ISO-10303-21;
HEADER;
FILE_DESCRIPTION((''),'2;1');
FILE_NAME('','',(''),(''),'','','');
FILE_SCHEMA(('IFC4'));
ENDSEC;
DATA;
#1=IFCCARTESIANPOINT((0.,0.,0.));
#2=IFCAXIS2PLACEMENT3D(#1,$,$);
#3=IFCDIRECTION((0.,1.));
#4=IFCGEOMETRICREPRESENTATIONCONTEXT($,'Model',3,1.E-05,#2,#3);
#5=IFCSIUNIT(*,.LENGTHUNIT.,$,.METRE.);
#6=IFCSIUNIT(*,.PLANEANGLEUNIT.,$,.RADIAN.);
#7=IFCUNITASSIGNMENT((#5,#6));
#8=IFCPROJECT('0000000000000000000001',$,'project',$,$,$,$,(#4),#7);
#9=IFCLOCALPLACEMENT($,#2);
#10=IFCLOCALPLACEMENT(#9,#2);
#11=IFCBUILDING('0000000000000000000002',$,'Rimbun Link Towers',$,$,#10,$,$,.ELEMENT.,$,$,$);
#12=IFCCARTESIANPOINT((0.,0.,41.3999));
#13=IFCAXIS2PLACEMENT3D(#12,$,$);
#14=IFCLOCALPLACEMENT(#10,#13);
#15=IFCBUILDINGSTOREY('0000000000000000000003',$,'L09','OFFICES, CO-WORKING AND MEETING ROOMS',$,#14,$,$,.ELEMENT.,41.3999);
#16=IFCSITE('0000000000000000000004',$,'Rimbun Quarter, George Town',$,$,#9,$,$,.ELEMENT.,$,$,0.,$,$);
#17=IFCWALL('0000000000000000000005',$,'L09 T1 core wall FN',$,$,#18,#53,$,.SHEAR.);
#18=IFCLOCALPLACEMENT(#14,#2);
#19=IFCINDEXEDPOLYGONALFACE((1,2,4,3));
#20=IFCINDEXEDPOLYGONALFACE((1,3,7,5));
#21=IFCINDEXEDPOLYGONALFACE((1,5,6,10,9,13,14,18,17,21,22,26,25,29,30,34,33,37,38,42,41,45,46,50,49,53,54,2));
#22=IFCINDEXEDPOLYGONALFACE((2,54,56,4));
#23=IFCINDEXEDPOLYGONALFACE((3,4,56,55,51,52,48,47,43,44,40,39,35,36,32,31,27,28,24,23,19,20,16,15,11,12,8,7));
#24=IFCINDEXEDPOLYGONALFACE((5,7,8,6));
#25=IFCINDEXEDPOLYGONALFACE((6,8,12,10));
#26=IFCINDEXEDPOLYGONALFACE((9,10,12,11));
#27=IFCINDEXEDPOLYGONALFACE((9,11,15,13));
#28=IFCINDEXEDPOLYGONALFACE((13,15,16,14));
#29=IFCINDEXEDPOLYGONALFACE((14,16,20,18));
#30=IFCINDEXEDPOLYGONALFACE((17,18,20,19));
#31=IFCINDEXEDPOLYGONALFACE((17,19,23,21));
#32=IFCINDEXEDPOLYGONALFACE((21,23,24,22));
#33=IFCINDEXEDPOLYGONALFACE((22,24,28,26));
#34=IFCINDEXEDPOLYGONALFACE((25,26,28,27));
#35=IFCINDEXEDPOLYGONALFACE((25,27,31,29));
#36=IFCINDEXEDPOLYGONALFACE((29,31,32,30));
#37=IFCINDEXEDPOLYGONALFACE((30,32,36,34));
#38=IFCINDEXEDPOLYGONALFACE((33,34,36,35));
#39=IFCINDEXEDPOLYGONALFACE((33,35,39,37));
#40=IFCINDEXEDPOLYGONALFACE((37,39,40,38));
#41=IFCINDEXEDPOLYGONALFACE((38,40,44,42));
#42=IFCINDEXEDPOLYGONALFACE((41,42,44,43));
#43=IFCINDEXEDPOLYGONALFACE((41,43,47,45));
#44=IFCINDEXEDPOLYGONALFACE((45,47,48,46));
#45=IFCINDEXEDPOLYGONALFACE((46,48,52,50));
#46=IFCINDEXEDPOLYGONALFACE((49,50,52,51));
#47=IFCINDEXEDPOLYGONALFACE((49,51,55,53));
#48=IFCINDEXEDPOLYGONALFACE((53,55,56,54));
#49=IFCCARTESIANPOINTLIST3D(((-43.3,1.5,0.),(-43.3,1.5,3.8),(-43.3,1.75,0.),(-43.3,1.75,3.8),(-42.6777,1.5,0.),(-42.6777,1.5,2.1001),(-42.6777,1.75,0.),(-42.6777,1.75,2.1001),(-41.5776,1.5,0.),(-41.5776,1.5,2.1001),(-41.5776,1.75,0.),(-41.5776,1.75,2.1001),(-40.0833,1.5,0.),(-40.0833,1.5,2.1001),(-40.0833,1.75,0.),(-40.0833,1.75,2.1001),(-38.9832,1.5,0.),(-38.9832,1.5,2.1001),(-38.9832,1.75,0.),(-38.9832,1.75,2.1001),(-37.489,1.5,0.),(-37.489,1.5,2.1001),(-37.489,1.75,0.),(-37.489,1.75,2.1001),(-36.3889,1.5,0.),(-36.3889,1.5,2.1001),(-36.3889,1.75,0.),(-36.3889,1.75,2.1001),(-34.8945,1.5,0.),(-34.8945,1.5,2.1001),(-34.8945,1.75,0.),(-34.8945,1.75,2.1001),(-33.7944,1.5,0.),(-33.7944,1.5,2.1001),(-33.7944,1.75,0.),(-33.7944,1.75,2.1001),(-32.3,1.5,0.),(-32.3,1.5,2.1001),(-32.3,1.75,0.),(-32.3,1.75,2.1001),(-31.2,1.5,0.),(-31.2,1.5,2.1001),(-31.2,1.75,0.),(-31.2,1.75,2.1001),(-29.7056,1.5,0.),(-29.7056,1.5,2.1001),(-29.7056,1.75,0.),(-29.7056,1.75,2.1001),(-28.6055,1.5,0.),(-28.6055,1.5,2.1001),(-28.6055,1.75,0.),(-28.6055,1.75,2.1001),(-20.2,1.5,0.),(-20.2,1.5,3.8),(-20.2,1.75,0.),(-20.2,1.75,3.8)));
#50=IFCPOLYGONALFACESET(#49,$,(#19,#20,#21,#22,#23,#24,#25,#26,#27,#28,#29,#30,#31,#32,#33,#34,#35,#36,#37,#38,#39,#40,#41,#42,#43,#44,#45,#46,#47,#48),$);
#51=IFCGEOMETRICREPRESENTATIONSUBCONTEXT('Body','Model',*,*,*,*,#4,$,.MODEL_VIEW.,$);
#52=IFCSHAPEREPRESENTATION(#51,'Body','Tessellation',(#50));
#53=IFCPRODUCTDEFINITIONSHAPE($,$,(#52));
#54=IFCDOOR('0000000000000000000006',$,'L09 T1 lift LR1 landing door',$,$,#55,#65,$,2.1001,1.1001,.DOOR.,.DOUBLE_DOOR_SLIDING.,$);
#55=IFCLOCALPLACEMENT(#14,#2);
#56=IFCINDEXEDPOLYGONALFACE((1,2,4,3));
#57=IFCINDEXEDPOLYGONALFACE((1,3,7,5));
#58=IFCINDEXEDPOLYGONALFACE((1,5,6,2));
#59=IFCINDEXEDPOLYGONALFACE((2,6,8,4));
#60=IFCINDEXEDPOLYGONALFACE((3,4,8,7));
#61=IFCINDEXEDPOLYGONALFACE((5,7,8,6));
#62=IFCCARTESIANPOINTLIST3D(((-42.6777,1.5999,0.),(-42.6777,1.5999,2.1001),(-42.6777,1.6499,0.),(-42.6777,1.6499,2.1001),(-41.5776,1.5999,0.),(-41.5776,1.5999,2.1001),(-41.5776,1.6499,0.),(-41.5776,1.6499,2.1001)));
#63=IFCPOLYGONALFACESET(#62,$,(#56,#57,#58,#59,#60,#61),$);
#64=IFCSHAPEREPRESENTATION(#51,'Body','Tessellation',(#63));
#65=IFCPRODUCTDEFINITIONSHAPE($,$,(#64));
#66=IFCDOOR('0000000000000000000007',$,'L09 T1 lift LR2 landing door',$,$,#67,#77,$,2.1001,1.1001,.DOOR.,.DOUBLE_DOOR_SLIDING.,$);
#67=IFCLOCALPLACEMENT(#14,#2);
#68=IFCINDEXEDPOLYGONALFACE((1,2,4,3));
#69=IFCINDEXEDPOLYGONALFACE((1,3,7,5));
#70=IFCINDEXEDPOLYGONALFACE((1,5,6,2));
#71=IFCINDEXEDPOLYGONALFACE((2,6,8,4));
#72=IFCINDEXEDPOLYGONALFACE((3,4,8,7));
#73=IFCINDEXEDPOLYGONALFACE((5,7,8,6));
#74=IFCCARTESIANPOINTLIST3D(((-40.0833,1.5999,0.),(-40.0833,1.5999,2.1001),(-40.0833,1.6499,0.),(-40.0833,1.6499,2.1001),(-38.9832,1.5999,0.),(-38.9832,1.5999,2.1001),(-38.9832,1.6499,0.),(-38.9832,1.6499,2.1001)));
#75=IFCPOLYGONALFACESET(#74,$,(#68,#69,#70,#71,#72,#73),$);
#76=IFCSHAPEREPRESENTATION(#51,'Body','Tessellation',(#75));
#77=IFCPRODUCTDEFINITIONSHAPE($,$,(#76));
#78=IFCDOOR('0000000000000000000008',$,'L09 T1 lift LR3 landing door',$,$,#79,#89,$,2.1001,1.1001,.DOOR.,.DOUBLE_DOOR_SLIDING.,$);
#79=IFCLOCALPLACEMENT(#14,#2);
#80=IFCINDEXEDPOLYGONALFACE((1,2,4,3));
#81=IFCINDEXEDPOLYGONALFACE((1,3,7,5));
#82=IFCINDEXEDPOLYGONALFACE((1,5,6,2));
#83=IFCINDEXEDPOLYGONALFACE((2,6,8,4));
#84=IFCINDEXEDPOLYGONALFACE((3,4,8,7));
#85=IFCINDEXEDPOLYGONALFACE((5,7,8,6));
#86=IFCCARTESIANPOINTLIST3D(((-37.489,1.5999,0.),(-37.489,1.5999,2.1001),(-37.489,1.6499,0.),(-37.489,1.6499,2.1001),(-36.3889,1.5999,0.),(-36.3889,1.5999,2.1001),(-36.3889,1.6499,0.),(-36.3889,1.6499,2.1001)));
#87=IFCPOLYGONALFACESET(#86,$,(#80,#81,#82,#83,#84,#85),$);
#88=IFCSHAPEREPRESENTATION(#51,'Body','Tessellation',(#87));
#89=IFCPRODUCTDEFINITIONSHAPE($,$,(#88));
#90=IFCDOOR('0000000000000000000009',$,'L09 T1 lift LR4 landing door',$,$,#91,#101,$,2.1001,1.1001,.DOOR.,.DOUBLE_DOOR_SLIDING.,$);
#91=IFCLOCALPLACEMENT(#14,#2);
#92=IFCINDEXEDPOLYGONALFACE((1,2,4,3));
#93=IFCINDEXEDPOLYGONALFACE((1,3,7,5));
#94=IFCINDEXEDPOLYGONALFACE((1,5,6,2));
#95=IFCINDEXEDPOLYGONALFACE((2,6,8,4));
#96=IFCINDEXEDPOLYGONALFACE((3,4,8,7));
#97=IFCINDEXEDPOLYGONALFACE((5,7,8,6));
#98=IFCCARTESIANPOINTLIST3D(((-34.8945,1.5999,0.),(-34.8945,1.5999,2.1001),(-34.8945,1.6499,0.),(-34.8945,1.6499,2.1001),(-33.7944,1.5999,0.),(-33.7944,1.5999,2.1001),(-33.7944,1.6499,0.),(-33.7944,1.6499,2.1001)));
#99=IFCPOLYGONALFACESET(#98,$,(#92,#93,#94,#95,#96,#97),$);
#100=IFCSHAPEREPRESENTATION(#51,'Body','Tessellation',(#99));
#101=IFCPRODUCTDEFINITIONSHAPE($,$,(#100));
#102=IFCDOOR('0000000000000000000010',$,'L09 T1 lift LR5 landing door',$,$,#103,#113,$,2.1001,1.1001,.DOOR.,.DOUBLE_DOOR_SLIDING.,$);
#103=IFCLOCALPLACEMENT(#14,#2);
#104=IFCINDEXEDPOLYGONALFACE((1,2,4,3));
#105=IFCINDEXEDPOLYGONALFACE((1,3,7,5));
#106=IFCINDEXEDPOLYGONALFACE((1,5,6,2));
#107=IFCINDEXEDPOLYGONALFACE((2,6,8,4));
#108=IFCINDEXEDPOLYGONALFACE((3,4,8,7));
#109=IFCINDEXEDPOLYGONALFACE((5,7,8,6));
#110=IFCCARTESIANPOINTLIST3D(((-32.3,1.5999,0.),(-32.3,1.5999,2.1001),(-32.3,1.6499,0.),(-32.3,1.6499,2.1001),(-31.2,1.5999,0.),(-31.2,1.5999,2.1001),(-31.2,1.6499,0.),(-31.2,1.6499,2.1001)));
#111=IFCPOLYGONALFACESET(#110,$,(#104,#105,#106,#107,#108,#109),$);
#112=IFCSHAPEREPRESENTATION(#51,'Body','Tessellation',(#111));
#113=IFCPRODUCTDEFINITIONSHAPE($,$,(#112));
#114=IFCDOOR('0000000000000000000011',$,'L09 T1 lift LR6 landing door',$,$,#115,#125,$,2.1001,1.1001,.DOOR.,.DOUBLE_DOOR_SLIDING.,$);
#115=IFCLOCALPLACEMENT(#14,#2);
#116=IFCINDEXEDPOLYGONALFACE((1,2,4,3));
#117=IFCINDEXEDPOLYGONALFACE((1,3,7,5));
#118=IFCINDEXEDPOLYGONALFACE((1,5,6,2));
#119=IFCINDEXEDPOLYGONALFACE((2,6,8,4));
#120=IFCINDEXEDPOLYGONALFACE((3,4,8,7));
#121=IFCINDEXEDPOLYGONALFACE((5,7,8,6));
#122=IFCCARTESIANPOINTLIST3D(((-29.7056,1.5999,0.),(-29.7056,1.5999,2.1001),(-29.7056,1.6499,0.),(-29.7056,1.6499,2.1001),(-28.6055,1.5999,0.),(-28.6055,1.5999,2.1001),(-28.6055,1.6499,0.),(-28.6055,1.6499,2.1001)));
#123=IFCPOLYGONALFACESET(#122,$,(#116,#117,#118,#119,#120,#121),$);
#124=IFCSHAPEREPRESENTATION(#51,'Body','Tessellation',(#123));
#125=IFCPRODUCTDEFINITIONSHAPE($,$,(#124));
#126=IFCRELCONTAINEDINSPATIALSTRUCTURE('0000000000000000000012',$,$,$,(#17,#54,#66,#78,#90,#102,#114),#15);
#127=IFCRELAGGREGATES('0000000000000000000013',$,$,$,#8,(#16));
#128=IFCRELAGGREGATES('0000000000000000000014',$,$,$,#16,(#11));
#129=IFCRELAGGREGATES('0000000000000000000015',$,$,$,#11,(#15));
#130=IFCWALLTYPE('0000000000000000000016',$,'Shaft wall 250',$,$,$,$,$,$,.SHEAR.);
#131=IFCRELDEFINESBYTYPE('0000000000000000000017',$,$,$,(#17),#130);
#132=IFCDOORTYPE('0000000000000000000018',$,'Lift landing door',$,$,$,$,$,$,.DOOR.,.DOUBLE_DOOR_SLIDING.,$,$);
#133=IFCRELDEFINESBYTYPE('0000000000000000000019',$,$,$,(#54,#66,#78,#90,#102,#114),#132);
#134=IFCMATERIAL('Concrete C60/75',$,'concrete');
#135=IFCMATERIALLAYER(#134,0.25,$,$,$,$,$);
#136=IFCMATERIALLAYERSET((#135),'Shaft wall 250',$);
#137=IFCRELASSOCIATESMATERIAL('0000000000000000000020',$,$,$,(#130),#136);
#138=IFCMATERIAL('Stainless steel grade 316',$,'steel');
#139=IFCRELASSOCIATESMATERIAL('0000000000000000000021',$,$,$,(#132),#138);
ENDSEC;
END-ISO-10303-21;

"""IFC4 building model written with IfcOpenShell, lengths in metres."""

from ifc_helpers import new_model, si_unit, direction, frame, frame_2d, origin, place, context, subcontext, project, spatial, rectangle, extrude, material, layer, layer_set, type_object, element, fill, save


model = new_model("IFC4")

# Units and contexts
model_context = context("Model", 3, precision=1e-05, world=origin(), true_north=direction((0.0, 1.0)))
body_context = subcontext(model_context, "Body", "Model", "MODEL_VIEW")
ifc_project = project(units=[si_unit("LENGTHUNIT", "METRE"), si_unit("PLANEANGLEUNIT", "RADIAN")], contexts=[model_context])

# Site, building, storey
site_placement = place(None, origin())
site = spatial("IfcSite", under=ifc_project, at=site_placement, Name="Rimbun Quarter, George Town", CompositionType="ELEMENT", RefElevation=0.0)
building_placement = place(site_placement, origin())
building = spatial("IfcBuilding", under=site, at=building_placement, Name="Rimbun Link Towers", CompositionType="ELEMENT")
storey_placement = place(building_placement, frame((0.0, 0.0, 41.3999)))
storey = spatial("IfcBuildingStorey", under=building, at=storey_placement, Name="L09", Description="OFFICES, CO-WORKING AND MEETING ROOMS", CompositionType="ELEMENT", Elevation=41.3999)

# Wall, openings, doors
ifc_material_1 = material(Name="Concrete C60/75", Category="concrete")
ifc_layer_1 = layer(ifc_material_1, 0.25)
ifc_layer_set_1 = layer_set([ifc_layer_1], Name="Shaft wall 250")
wall_type_1 = type_object("IfcWallType", Name="Shaft wall 250", PredefinedType="SHEAR", material=ifc_layer_set_1)
wall_1_placement = place(storey_placement, frame((-43.3, 1.625, 0.0), z_axis=(0.0, 0.0, 1.0), x_axis=(1.0, 0.0, 0.0)))
wall_1 = element("IfcWall", 1, at=wall_1_placement, inside=storey, type_object=wall_type_1, Name="L09 T1 core wall FN", PredefinedType="SHEAR", context=body_context, shape_type="SweptSolid", body=[
    extrude(rectangle(XDim=23.1001, YDim=0.25, at=frame_2d((11.55, 0.0))), origin(), (0.0, 0.0, 1.0), 3.8),
])
opening_1_placement = place(wall_1_placement, frame((0.6223, 0.0, 0.0)))
opening_1 = element("IfcOpeningElement", 2, at=opening_1_placement, cuts=wall_1, PredefinedType="OPENING", context=body_context, shape_type="SweptSolid", body=[
    extrude(rectangle(XDim=1.1001, YDim=2.1001, at=frame_2d((0.55, 1.05))), frame((0.0, 0.135, 0.0), z_axis=(0.0, -1.0, 0.0), x_axis=(1.0, 0.0, 0.0)), (0.0, 0.0, 1.0), 0.27),
])
opening_2_placement = place(wall_1_placement, frame((3.2168, 0.0, 0.0)))
opening_2 = element("IfcOpeningElement", 3, at=opening_2_placement, cuts=wall_1, PredefinedType="OPENING", context=body_context, shape_type="SweptSolid", body=[
    extrude(rectangle(XDim=1.1001, YDim=2.1001, at=frame_2d((0.55, 1.05))), frame((0.0, 0.135, 0.0), z_axis=(0.0, -1.0, 0.0), x_axis=(1.0, 0.0, 0.0)), (0.0, 0.0, 1.0), 0.27),
])
opening_3_placement = place(wall_1_placement, frame((5.811, 0.0, 0.0)))
opening_3 = element("IfcOpeningElement", 4, at=opening_3_placement, cuts=wall_1, PredefinedType="OPENING", context=body_context, shape_type="SweptSolid", body=[
    extrude(rectangle(XDim=1.1001, YDim=2.1001, at=frame_2d((0.55, 1.05))), frame((0.0, 0.135, 0.0), z_axis=(0.0, -1.0, 0.0), x_axis=(1.0, 0.0, 0.0)), (0.0, 0.0, 1.0), 0.27),
])
opening_4_placement = place(wall_1_placement, frame((8.4055, 0.0, 0.0)))
opening_4 = element("IfcOpeningElement", 5, at=opening_4_placement, cuts=wall_1, PredefinedType="OPENING", context=body_context, shape_type="SweptSolid", body=[
    extrude(rectangle(XDim=1.1001, YDim=2.1001, at=frame_2d((0.55, 1.05))), frame((0.0, 0.135, 0.0), z_axis=(0.0, -1.0, 0.0), x_axis=(1.0, 0.0, 0.0)), (0.0, 0.0, 1.0), 0.27),
])
opening_5_placement = place(wall_1_placement, frame((11.0, 0.0, 0.0)))
opening_5 = element("IfcOpeningElement", 6, at=opening_5_placement, cuts=wall_1, PredefinedType="OPENING", context=body_context, shape_type="SweptSolid", body=[
    extrude(rectangle(XDim=1.1001, YDim=2.1001, at=frame_2d((0.55, 1.05))), frame((0.0, 0.135, 0.0), z_axis=(0.0, -1.0, 0.0), x_axis=(1.0, 0.0, 0.0)), (0.0, 0.0, 1.0), 0.27),
])
opening_6_placement = place(wall_1_placement, frame((13.5945, 0.0, 0.0)))
opening_6 = element("IfcOpeningElement", 7, at=opening_6_placement, cuts=wall_1, PredefinedType="OPENING", context=body_context, shape_type="SweptSolid", body=[
    extrude(rectangle(XDim=1.1001, YDim=2.1001, at=frame_2d((0.55, 1.05))), frame((0.0, 0.135, 0.0), z_axis=(0.0, -1.0, 0.0), x_axis=(1.0, 0.0, 0.0)), (0.0, 0.0, 1.0), 0.27),
])
ifc_material_2 = material(Name="Stainless steel grade 316", Category="steel")
door_type_1 = type_object("IfcDoorType", Name="Lift landing door", OperationType="DOUBLE_DOOR_SLIDING", PredefinedType="DOOR", material=ifc_material_2)
door_1_placement = place(opening_1_placement, origin())
door_1 = element("IfcDoor", 8, at=door_1_placement, inside=storey, type_object=door_type_1, Name="L09 T1 lift LR1 landing door", OperationType="DOUBLE_DOOR_SLIDING", OverallHeight=2.1001, OverallWidth=1.1001, PredefinedType="DOOR", context=body_context, shape_type="SweptSolid", body=[
    extrude(rectangle(XDim=1.1001, YDim=2.1001, at=frame_2d((0.55, 1.05))), frame((0.0, 0.0249, 0.0), z_axis=(0.0, -1.0, 0.0), x_axis=(1.0, 0.0, 0.0)), (0.0, 0.0, 1.0), 0.05),
])
fill(opening_1, door_1)
door_2_placement = place(opening_2_placement, origin())
door_2 = element("IfcDoor", 9, at=door_2_placement, inside=storey, type_object=door_type_1, Name="L09 T1 lift LR2 landing door", OperationType="DOUBLE_DOOR_SLIDING", OverallHeight=2.1001, OverallWidth=1.1001, PredefinedType="DOOR", context=body_context, shape_type="SweptSolid", body=[
    extrude(rectangle(XDim=1.1001, YDim=2.1001, at=frame_2d((0.55, 1.05))), frame((0.0, 0.0249, 0.0), z_axis=(0.0, -1.0, 0.0), x_axis=(1.0, 0.0, 0.0)), (0.0, 0.0, 1.0), 0.05),
])
fill(opening_2, door_2)
door_3_placement = place(opening_3_placement, origin())
door_3 = element("IfcDoor", 10, at=door_3_placement, inside=storey, type_object=door_type_1, Name="L09 T1 lift LR3 landing door", OperationType="DOUBLE_DOOR_SLIDING", OverallHeight=2.1001, OverallWidth=1.1001, PredefinedType="DOOR", context=body_context, shape_type="SweptSolid", body=[
    extrude(rectangle(XDim=1.1001, YDim=2.1001, at=frame_2d((0.55, 1.05))), frame((0.0, 0.0249, 0.0), z_axis=(0.0, -1.0, 0.0), x_axis=(1.0, 0.0, 0.0)), (0.0, 0.0, 1.0), 0.05),
])
fill(opening_3, door_3)
door_4_placement = place(opening_4_placement, origin())
door_4 = element("IfcDoor", 11, at=door_4_placement, inside=storey, type_object=door_type_1, Name="L09 T1 lift LR4 landing door", OperationType="DOUBLE_DOOR_SLIDING", OverallHeight=2.1001, OverallWidth=1.1001, PredefinedType="DOOR", context=body_context, shape_type="SweptSolid", body=[
    extrude(rectangle(XDim=1.1001, YDim=2.1001, at=frame_2d((0.55, 1.05))), frame((0.0, 0.0249, 0.0), z_axis=(0.0, -1.0, 0.0), x_axis=(1.0, 0.0, 0.0)), (0.0, 0.0, 1.0), 0.05),
])
fill(opening_4, door_4)
door_5_placement = place(opening_5_placement, origin())
door_5 = element("IfcDoor", 12, at=door_5_placement, inside=storey, type_object=door_type_1, Name="L09 T1 lift LR5 landing door", OperationType="DOUBLE_DOOR_SLIDING", OverallHeight=2.1001, OverallWidth=1.1001, PredefinedType="DOOR", context=body_context, shape_type="SweptSolid", body=[
    extrude(rectangle(XDim=1.1001, YDim=2.1001, at=frame_2d((0.55, 1.05))), frame((0.0, 0.0249, 0.0), z_axis=(0.0, -1.0, 0.0), x_axis=(1.0, 0.0, 0.0)), (0.0, 0.0, 1.0), 0.05),
])
fill(opening_5, door_5)
door_6_placement = place(opening_6_placement, origin())
door_6 = element("IfcDoor", 13, at=door_6_placement, inside=storey, type_object=door_type_1, Name="L09 T1 lift LR6 landing door", OperationType="DOUBLE_DOOR_SLIDING", OverallHeight=2.1001, OverallWidth=1.1001, PredefinedType="DOOR", context=body_context, shape_type="SweptSolid", body=[
    extrude(rectangle(XDim=1.1001, YDim=2.1001, at=frame_2d((0.55, 1.05))), frame((0.0, 0.0249, 0.0), z_axis=(0.0, -1.0, 0.0), x_axis=(1.0, 0.0, 0.0)), (0.0, 0.0, 1.0), 0.05),
])
fill(opening_6, door_6)

save(model, "model.ifc")
